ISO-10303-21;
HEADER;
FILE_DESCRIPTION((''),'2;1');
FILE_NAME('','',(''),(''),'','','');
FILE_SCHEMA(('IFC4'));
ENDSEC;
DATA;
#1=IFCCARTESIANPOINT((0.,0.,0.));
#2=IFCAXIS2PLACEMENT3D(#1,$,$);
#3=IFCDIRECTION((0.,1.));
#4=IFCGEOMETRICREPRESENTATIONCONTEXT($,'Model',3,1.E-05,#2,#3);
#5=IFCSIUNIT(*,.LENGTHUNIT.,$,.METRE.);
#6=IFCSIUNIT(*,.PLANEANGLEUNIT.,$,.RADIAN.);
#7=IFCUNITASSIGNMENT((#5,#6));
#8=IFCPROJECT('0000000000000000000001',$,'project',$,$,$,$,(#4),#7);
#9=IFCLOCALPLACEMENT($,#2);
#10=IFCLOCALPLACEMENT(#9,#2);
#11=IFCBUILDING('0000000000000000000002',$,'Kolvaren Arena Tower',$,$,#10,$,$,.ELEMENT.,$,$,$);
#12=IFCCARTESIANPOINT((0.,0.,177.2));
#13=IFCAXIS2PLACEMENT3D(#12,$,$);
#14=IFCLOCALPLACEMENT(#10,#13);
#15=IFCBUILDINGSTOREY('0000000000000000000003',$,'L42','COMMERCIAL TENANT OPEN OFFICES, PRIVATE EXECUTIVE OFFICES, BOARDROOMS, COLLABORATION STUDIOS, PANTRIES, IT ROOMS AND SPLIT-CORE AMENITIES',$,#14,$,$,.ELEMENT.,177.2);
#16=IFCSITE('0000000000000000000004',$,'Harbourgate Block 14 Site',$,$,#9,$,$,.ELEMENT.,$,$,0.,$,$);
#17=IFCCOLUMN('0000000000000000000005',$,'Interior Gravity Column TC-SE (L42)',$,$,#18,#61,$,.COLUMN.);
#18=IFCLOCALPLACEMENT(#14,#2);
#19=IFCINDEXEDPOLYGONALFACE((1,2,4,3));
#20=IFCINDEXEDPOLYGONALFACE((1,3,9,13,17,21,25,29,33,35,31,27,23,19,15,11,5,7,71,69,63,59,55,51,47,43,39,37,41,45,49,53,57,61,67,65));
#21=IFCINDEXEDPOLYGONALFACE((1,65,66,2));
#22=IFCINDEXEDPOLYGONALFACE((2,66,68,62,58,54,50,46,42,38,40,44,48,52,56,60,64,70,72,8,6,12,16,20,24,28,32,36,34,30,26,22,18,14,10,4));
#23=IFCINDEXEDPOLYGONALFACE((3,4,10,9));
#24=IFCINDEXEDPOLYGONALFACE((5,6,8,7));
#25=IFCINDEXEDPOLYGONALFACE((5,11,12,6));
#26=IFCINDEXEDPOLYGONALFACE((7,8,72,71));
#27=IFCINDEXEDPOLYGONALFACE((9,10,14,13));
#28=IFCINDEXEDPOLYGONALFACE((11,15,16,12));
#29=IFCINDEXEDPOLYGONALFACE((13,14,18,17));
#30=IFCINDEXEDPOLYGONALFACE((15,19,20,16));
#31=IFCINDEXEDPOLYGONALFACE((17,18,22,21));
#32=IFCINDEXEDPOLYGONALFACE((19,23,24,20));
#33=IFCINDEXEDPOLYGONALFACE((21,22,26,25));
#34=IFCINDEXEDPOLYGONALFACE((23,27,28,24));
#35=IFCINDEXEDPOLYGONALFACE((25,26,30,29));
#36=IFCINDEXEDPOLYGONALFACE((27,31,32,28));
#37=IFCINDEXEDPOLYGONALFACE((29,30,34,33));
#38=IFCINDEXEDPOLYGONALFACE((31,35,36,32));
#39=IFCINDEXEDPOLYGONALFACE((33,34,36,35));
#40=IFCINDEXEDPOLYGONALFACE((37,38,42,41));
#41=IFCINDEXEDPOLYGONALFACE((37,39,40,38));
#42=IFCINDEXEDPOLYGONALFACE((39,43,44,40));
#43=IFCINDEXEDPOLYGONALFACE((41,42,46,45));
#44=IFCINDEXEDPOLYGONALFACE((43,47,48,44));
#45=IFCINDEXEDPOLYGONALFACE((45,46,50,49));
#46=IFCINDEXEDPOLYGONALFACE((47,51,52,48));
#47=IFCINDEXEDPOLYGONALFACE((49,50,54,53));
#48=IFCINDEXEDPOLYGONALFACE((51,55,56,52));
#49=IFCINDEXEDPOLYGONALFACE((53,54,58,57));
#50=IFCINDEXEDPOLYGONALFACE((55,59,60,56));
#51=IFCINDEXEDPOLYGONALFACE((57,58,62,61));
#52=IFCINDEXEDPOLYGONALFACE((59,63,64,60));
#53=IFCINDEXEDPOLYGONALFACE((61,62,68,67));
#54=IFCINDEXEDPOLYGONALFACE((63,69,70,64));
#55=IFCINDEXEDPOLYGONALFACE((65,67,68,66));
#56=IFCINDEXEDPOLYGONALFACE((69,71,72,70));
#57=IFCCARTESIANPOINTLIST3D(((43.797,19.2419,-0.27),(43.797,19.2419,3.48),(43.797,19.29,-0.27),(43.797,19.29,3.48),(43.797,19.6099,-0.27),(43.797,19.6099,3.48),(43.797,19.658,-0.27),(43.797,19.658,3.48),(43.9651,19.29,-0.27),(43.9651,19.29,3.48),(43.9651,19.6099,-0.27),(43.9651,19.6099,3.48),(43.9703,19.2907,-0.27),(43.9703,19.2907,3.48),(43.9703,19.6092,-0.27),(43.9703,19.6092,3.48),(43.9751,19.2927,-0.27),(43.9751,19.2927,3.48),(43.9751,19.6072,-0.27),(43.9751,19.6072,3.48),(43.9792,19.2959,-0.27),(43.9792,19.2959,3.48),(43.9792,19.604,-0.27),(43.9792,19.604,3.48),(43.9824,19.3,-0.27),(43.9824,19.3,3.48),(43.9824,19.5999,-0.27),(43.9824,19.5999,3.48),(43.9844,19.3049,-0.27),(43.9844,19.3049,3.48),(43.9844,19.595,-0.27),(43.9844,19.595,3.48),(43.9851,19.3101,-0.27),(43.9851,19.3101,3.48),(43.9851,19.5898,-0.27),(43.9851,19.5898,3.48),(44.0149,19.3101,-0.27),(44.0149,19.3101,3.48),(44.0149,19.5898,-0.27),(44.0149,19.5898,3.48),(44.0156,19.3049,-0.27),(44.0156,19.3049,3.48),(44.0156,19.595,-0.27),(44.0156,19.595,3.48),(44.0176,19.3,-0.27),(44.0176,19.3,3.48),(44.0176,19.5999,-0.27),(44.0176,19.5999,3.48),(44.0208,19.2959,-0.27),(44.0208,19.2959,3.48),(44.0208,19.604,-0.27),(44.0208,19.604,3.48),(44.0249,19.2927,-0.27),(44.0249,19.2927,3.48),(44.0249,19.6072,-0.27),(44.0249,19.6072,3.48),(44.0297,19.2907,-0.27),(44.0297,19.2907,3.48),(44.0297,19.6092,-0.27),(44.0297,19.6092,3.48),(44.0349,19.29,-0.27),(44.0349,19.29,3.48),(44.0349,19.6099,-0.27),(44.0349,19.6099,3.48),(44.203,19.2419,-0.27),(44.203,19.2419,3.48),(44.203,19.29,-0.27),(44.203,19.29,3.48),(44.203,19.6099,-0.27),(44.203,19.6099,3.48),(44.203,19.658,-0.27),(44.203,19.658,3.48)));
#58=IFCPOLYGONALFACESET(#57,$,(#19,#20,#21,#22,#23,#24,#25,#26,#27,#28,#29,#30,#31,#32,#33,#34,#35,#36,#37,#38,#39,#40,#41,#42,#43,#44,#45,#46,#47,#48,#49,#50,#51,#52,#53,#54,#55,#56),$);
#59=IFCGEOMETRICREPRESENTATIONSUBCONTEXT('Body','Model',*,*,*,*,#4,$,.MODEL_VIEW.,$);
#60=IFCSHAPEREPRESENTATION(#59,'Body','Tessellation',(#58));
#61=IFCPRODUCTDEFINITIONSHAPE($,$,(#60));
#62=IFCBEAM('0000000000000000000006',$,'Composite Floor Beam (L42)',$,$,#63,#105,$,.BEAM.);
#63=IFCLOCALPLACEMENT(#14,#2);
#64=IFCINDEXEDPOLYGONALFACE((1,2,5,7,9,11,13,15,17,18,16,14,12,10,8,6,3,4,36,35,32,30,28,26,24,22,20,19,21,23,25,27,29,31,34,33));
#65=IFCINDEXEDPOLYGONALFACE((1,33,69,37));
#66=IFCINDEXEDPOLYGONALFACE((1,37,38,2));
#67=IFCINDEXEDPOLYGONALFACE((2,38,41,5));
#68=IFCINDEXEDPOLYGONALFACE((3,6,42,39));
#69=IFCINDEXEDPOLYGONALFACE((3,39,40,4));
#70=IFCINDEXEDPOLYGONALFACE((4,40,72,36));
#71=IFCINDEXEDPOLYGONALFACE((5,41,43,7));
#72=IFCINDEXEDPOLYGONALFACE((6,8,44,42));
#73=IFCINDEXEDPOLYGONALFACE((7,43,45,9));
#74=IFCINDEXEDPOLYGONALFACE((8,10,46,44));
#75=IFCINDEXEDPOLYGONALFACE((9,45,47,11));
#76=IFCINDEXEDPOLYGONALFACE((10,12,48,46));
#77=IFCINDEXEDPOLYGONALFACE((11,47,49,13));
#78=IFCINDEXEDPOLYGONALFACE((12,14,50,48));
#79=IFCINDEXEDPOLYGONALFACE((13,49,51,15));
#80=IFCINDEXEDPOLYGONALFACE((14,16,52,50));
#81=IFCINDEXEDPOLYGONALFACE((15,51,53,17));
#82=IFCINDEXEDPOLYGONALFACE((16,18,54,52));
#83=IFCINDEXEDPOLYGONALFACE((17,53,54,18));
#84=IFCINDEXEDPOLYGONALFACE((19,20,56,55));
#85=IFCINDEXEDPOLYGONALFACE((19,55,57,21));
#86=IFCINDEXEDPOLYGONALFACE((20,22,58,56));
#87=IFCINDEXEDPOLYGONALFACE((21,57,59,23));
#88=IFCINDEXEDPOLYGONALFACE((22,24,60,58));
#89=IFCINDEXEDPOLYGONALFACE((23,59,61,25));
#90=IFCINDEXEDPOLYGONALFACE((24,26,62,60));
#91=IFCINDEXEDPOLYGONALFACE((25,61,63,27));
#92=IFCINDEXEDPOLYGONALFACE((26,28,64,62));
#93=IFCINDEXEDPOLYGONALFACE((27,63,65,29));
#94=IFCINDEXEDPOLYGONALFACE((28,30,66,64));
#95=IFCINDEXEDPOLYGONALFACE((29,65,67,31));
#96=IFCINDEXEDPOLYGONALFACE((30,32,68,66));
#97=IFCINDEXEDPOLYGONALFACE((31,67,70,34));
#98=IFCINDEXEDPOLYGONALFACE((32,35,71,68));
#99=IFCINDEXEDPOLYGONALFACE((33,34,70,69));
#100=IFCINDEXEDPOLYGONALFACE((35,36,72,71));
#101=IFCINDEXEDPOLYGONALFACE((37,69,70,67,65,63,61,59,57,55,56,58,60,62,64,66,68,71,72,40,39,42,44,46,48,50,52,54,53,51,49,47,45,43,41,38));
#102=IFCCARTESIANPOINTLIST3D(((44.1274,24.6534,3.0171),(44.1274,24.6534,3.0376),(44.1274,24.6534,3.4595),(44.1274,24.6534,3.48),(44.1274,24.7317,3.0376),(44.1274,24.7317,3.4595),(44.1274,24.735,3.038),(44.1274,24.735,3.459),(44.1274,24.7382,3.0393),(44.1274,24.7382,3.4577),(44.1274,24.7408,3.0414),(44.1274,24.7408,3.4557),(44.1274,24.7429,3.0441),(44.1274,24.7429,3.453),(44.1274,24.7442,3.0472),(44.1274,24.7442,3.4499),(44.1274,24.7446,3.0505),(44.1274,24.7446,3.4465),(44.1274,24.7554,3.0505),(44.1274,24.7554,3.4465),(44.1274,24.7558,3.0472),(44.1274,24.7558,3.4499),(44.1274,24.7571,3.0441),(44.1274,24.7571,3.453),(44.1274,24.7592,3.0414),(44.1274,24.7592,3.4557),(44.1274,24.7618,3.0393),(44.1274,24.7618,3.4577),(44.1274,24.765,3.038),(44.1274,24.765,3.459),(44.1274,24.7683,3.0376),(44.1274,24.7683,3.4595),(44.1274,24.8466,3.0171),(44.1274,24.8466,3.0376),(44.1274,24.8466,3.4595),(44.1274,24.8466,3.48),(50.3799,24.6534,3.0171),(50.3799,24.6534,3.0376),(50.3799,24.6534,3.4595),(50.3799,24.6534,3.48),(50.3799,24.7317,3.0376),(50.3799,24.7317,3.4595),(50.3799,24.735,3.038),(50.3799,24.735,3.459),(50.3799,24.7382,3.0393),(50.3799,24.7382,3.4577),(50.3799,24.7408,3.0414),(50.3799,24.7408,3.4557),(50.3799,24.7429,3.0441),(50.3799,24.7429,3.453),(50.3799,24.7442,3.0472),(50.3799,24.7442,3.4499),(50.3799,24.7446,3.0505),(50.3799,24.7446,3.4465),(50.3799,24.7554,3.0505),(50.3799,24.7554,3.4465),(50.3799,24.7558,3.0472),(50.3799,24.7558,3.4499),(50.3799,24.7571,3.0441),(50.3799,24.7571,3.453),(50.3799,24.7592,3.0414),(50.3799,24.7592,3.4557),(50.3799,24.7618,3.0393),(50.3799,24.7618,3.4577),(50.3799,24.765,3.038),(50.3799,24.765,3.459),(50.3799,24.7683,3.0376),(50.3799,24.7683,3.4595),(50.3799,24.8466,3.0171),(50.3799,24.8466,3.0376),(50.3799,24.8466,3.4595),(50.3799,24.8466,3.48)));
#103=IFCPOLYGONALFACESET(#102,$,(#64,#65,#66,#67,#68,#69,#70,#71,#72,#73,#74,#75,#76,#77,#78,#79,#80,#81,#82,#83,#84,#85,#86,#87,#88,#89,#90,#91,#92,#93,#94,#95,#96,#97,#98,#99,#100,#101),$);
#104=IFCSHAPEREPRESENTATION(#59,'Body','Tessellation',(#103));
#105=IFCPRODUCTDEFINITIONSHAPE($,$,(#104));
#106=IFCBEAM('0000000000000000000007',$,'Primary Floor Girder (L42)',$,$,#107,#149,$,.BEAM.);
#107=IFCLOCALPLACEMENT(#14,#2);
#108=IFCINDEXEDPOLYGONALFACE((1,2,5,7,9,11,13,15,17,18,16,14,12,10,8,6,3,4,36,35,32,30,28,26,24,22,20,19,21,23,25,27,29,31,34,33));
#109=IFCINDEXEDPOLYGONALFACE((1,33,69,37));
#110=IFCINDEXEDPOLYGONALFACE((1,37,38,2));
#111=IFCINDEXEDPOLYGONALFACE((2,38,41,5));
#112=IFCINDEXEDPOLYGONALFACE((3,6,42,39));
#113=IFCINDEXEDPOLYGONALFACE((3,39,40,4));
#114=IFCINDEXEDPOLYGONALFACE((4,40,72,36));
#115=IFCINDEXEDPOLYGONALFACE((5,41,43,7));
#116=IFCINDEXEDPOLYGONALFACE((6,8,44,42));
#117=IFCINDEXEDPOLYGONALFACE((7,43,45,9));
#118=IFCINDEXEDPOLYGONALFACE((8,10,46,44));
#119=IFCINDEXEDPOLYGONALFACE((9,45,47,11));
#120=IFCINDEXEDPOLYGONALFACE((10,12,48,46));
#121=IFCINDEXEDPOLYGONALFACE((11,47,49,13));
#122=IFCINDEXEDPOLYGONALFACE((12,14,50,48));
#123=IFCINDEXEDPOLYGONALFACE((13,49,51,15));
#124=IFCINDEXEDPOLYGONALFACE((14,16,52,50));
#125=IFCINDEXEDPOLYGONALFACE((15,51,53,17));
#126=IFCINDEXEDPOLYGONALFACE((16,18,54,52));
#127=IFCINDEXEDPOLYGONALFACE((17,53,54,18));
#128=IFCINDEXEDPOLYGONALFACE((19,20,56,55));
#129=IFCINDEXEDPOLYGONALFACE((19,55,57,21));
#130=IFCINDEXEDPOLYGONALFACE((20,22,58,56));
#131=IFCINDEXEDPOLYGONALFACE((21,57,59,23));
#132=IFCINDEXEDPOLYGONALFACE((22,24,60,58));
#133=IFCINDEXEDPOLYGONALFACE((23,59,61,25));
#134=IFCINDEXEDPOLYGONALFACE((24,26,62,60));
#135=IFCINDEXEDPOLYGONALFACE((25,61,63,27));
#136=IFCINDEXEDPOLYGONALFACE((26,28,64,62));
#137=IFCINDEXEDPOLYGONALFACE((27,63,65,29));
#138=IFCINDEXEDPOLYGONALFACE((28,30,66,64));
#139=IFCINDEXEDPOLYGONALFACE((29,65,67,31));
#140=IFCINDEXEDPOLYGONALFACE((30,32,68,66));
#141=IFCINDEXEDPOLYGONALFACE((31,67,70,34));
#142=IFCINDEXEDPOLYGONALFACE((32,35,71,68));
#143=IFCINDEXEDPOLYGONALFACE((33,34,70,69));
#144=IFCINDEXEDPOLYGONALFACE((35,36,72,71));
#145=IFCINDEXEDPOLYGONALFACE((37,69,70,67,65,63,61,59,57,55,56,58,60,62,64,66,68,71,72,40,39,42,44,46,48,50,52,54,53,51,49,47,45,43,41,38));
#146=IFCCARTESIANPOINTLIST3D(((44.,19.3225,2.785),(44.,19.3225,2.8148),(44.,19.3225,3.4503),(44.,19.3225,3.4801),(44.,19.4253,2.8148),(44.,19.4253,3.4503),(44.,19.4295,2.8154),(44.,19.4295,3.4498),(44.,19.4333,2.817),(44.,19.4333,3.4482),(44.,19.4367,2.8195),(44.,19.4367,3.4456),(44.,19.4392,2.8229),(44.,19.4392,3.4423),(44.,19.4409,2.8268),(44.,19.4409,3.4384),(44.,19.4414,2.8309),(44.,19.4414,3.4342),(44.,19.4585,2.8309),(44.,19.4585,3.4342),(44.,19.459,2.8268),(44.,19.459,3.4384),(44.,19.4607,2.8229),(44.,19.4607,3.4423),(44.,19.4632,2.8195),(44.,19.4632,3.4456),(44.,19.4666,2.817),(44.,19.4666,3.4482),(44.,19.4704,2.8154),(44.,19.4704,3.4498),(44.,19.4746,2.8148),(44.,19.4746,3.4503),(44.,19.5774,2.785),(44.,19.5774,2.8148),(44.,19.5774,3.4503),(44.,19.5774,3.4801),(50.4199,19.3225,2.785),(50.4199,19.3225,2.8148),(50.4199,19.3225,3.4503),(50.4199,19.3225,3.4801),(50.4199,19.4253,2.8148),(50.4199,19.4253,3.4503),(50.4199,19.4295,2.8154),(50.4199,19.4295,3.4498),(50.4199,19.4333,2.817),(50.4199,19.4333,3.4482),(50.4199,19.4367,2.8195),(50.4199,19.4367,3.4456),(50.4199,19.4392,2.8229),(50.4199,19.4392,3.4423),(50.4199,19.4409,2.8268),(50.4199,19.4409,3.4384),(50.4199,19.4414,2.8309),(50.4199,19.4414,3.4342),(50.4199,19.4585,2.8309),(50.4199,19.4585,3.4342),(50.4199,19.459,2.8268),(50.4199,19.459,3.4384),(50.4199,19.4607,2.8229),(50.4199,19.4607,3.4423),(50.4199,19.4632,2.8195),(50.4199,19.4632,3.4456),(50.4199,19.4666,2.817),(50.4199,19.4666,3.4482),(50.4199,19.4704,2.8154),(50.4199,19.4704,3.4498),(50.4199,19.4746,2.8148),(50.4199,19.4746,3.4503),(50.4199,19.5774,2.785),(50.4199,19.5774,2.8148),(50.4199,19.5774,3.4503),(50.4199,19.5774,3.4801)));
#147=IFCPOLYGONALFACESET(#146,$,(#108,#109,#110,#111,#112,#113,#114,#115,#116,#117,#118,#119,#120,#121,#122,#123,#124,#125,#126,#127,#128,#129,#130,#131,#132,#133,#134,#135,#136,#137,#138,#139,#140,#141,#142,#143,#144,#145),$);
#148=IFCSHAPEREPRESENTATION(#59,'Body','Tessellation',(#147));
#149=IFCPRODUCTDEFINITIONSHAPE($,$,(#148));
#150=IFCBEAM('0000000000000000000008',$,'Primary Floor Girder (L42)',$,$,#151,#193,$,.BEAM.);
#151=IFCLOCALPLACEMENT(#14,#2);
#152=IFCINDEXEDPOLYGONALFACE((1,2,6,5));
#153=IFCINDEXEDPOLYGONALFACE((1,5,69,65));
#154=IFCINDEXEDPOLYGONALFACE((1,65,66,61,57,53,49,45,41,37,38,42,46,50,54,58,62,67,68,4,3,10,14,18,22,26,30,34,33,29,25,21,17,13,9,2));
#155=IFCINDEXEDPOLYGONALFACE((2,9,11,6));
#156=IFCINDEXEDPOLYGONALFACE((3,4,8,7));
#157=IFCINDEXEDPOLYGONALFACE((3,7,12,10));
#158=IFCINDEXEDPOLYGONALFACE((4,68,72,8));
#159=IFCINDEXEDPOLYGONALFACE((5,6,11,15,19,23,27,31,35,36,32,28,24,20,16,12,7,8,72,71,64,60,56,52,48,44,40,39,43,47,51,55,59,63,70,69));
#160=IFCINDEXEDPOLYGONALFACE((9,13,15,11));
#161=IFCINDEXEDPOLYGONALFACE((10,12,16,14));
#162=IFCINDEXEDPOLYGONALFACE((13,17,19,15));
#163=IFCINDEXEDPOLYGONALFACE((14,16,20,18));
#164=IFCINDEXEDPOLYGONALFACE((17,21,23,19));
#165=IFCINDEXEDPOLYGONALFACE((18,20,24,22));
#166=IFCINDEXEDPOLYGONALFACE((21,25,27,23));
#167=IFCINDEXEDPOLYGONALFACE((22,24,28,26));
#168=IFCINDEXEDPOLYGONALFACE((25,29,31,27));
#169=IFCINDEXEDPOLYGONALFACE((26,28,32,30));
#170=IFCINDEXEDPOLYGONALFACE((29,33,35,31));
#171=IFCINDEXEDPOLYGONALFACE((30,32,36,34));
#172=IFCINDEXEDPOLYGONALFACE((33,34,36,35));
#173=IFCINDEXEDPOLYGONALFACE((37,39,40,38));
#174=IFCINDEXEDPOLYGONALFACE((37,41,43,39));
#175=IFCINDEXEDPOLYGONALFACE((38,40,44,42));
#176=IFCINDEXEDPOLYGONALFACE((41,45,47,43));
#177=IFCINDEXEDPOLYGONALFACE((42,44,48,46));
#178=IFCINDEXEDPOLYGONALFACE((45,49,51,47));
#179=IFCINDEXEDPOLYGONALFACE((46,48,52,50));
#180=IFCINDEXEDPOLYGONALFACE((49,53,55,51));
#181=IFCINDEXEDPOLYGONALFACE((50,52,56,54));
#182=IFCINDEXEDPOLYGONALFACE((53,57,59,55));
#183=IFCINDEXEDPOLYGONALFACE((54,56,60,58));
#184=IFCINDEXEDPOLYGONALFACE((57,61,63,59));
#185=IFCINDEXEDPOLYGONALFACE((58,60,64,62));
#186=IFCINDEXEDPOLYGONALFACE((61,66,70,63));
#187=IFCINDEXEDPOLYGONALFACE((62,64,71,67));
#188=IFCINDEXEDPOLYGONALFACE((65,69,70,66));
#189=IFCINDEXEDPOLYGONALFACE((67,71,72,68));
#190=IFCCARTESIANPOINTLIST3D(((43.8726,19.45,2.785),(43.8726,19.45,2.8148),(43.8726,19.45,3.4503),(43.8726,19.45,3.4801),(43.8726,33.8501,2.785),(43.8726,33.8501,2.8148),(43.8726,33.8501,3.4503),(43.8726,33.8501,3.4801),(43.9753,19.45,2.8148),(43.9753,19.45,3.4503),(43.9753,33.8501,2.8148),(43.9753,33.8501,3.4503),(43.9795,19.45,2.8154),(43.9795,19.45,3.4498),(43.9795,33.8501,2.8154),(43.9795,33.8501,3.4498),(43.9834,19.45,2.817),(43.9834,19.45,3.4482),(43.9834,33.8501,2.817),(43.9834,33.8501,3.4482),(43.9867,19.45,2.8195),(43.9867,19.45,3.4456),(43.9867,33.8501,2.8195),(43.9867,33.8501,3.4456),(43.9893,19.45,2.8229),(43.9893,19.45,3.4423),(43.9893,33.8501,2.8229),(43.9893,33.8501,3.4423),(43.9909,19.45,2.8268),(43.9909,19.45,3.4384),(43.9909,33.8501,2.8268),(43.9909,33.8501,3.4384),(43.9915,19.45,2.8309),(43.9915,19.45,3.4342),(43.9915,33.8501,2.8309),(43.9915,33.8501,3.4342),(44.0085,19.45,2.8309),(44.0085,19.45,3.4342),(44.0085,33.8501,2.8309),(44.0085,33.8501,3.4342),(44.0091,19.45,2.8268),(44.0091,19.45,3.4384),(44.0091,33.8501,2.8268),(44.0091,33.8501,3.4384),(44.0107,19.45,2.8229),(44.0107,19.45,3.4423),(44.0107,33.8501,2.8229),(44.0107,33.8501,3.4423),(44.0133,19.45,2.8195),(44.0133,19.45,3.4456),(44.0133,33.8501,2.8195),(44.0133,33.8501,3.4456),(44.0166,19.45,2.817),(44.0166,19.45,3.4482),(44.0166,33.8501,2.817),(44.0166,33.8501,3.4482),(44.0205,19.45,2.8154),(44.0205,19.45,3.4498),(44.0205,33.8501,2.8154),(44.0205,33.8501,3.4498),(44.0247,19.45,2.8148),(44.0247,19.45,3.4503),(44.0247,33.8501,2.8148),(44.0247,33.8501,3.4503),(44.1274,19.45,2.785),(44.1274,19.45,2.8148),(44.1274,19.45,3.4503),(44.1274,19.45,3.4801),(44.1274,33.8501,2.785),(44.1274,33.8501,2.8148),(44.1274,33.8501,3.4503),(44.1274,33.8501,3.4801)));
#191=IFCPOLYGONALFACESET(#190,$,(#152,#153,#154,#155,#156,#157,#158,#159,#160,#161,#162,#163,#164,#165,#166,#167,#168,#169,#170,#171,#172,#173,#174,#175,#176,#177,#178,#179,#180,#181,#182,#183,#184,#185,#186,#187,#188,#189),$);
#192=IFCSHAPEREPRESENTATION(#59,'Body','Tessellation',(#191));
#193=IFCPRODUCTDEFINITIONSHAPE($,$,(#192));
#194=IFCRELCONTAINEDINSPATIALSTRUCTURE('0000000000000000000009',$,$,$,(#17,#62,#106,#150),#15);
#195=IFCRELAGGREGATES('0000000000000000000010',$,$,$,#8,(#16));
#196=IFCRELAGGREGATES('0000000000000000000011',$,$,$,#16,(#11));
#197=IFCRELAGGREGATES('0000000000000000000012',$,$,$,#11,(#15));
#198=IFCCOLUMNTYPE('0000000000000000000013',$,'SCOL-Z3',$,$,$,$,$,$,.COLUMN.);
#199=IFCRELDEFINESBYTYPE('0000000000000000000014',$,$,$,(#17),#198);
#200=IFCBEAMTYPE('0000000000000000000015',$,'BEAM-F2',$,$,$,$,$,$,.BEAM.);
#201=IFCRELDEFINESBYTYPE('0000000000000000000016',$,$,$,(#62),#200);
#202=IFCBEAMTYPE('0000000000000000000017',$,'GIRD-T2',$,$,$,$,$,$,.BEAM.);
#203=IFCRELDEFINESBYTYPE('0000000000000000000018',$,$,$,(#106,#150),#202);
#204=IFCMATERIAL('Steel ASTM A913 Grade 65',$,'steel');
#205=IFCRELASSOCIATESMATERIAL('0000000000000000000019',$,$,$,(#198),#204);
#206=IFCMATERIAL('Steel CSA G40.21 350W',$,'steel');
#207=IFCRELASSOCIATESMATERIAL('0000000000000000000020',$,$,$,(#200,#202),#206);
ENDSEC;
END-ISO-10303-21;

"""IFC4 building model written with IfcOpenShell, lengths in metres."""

from ifc_helpers import new_model, si_unit, direction, frame, origin, origin_2d, place, context, subcontext, project, spatial, i_section, extrude, material, material_profile, profile_set, type_object, element, save


model = new_model("IFC4")

# Units and contexts
model_context = context("Model", 3, precision=1e-05, world=origin(), true_north=direction((0.0, 1.0)))
body_context = subcontext(model_context, "Body", "Model", "MODEL_VIEW")
ifc_project = project(units=[si_unit("LENGTHUNIT", "METRE"), si_unit("PLANEANGLEUNIT", "RADIAN")], contexts=[model_context])

# Site, building, storey
site_placement = place(None, origin())
site = spatial("IfcSite", under=ifc_project, at=site_placement, Name="Harbourgate Block 14 Site", CompositionType="ELEMENT", RefElevation=0.0)
building_placement = place(site_placement, origin())
building = spatial("IfcBuilding", under=site, at=building_placement, Name="Kolvaren Arena Tower", CompositionType="ELEMENT")
storey_placement = place(building_placement, frame((0.0, 0.0, 177.2)))
storey = spatial("IfcBuildingStorey", under=building, at=storey_placement, Name="L42", Description="COMMERCIAL TENANT OPEN OFFICES, PRIVATE EXECUTIVE OFFICES, BOARDROOMS, COLLABORATION STUDIOS, PANTRIES, IT ROOMS AND SPLIT-CORE AMENITIES", CompositionType="ELEMENT", Elevation=177.2)

# Column
ifc_material_1 = material(Name="Steel ASTM A913 Grade 65", Category="steel")
ifc_material_profile_1 = material_profile(ifc_material_1, i_section(OverallWidth=0.406, OverallDepth=0.416, WebThickness=0.0298, FlangeThickness=0.0481, FilletRadius=0.02, at=origin_2d()), Name="W360x382")
ifc_profile_set_1 = profile_set([ifc_material_profile_1], Name="Steel ASTM A913 Grade 65")
column_type = type_object("IfcColumnType", Name="SCOL-Z3", PredefinedType="COLUMN", material=ifc_profile_set_1)
column_placement = place(storey_placement, frame((44.0, 19.45, -0.27), z_axis=(0.0, 0.0, 1.0), x_axis=(1.0, 0.0, 0.0)))
element("IfcColumn", 1, at=column_placement, inside=storey, type_object=column_type, Name="Interior Gravity Column TC-SE (L42)", PredefinedType="COLUMN", context=body_context, shape_type="SweptSolid", body=[
    extrude(i_section(OverallWidth=0.406, OverallDepth=0.416, WebThickness=0.0298, FlangeThickness=0.0481, FilletRadius=0.02, at=origin_2d()), origin(), (0.0, 0.0, 1.0), 3.75),
])

# Beams
ifc_material_2 = material(Name="Steel CSA G40.21 350W", Category="steel")
ifc_material_profile_2 = material_profile(ifc_material_2, i_section(OverallWidth=0.1931, OverallDepth=0.4629, WebThickness=0.0107, FlangeThickness=0.0205, FilletRadius=0.0129, at=origin_2d()), Name="W460x113")
ifc_profile_set_2 = profile_set([ifc_material_profile_2], Name="Steel CSA G40.21 350W")
beam_type_1 = type_object("IfcBeamType", Name="BEAM-F2", PredefinedType="BEAM", material=ifc_profile_set_2)
beam_1_placement = place(storey_placement, frame((44.1274, 24.75, 3.2485), z_axis=(1.0, 0.0, 0.0), x_axis=(0.0, 1.0, 0.0)))
element("IfcBeam", 2, at=beam_1_placement, inside=storey, type_object=beam_type_1, Name="Composite Floor Beam (L42)", PredefinedType="BEAM", context=body_context, shape_type="SweptSolid", body=[
    extrude(i_section(OverallWidth=0.1931, OverallDepth=0.4629, WebThickness=0.0107, FlangeThickness=0.0205, FilletRadius=0.0129, at=origin_2d()), origin(), (0.0, 0.0, 1.0), 6.2524),
])
ifc_material_profile_3 = material_profile(ifc_material_2, i_section(OverallWidth=0.2549, OverallDepth=0.6951, WebThickness=0.0171, FlangeThickness=0.0298, FilletRadius=0.0161, at=origin_2d()), Name="W690x217")
ifc_profile_set_3 = profile_set([ifc_material_profile_3], Name="Steel CSA G40.21 350W")
beam_type_2 = type_object("IfcBeamType", Name="GIRD-T2", PredefinedType="BEAM", material=ifc_profile_set_3)
beam_2_placement = place(storey_placement, frame((44.0, 19.45, 3.1326), z_axis=(1.0, 0.0, 0.0), x_axis=(0.0, 1.0, 0.0)))
element("IfcBeam", 3, at=beam_2_placement, inside=storey, type_object=beam_type_2, Name="Primary Floor Girder (L42)", PredefinedType="BEAM", context=body_context, shape_type="SweptSolid", body=[
    extrude(i_section(OverallWidth=0.2549, OverallDepth=0.6951, WebThickness=0.0171, FlangeThickness=0.0298, FilletRadius=0.0161, at=origin_2d()), origin(), (0.0, 0.0, 1.0), 6.4199),
])
beam_3_placement = place(storey_placement, frame((44.0, 19.45, 3.1326), z_axis=(0.0, 1.0, 0.0), x_axis=(-1.0, 0.0, 0.0)))
element("IfcBeam", 4, at=beam_3_placement, inside=storey, type_object=beam_type_2, Name="Primary Floor Girder (L42)", PredefinedType="BEAM", context=body_context, shape_type="SweptSolid", body=[
    extrude(i_section(OverallWidth=0.2549, OverallDepth=0.6951, WebThickness=0.0171, FlangeThickness=0.0298, FilletRadius=0.0161, at=origin_2d()), origin(), (0.0, 0.0, 1.0), 14.4001),
])

save(model, "model.ifc")
